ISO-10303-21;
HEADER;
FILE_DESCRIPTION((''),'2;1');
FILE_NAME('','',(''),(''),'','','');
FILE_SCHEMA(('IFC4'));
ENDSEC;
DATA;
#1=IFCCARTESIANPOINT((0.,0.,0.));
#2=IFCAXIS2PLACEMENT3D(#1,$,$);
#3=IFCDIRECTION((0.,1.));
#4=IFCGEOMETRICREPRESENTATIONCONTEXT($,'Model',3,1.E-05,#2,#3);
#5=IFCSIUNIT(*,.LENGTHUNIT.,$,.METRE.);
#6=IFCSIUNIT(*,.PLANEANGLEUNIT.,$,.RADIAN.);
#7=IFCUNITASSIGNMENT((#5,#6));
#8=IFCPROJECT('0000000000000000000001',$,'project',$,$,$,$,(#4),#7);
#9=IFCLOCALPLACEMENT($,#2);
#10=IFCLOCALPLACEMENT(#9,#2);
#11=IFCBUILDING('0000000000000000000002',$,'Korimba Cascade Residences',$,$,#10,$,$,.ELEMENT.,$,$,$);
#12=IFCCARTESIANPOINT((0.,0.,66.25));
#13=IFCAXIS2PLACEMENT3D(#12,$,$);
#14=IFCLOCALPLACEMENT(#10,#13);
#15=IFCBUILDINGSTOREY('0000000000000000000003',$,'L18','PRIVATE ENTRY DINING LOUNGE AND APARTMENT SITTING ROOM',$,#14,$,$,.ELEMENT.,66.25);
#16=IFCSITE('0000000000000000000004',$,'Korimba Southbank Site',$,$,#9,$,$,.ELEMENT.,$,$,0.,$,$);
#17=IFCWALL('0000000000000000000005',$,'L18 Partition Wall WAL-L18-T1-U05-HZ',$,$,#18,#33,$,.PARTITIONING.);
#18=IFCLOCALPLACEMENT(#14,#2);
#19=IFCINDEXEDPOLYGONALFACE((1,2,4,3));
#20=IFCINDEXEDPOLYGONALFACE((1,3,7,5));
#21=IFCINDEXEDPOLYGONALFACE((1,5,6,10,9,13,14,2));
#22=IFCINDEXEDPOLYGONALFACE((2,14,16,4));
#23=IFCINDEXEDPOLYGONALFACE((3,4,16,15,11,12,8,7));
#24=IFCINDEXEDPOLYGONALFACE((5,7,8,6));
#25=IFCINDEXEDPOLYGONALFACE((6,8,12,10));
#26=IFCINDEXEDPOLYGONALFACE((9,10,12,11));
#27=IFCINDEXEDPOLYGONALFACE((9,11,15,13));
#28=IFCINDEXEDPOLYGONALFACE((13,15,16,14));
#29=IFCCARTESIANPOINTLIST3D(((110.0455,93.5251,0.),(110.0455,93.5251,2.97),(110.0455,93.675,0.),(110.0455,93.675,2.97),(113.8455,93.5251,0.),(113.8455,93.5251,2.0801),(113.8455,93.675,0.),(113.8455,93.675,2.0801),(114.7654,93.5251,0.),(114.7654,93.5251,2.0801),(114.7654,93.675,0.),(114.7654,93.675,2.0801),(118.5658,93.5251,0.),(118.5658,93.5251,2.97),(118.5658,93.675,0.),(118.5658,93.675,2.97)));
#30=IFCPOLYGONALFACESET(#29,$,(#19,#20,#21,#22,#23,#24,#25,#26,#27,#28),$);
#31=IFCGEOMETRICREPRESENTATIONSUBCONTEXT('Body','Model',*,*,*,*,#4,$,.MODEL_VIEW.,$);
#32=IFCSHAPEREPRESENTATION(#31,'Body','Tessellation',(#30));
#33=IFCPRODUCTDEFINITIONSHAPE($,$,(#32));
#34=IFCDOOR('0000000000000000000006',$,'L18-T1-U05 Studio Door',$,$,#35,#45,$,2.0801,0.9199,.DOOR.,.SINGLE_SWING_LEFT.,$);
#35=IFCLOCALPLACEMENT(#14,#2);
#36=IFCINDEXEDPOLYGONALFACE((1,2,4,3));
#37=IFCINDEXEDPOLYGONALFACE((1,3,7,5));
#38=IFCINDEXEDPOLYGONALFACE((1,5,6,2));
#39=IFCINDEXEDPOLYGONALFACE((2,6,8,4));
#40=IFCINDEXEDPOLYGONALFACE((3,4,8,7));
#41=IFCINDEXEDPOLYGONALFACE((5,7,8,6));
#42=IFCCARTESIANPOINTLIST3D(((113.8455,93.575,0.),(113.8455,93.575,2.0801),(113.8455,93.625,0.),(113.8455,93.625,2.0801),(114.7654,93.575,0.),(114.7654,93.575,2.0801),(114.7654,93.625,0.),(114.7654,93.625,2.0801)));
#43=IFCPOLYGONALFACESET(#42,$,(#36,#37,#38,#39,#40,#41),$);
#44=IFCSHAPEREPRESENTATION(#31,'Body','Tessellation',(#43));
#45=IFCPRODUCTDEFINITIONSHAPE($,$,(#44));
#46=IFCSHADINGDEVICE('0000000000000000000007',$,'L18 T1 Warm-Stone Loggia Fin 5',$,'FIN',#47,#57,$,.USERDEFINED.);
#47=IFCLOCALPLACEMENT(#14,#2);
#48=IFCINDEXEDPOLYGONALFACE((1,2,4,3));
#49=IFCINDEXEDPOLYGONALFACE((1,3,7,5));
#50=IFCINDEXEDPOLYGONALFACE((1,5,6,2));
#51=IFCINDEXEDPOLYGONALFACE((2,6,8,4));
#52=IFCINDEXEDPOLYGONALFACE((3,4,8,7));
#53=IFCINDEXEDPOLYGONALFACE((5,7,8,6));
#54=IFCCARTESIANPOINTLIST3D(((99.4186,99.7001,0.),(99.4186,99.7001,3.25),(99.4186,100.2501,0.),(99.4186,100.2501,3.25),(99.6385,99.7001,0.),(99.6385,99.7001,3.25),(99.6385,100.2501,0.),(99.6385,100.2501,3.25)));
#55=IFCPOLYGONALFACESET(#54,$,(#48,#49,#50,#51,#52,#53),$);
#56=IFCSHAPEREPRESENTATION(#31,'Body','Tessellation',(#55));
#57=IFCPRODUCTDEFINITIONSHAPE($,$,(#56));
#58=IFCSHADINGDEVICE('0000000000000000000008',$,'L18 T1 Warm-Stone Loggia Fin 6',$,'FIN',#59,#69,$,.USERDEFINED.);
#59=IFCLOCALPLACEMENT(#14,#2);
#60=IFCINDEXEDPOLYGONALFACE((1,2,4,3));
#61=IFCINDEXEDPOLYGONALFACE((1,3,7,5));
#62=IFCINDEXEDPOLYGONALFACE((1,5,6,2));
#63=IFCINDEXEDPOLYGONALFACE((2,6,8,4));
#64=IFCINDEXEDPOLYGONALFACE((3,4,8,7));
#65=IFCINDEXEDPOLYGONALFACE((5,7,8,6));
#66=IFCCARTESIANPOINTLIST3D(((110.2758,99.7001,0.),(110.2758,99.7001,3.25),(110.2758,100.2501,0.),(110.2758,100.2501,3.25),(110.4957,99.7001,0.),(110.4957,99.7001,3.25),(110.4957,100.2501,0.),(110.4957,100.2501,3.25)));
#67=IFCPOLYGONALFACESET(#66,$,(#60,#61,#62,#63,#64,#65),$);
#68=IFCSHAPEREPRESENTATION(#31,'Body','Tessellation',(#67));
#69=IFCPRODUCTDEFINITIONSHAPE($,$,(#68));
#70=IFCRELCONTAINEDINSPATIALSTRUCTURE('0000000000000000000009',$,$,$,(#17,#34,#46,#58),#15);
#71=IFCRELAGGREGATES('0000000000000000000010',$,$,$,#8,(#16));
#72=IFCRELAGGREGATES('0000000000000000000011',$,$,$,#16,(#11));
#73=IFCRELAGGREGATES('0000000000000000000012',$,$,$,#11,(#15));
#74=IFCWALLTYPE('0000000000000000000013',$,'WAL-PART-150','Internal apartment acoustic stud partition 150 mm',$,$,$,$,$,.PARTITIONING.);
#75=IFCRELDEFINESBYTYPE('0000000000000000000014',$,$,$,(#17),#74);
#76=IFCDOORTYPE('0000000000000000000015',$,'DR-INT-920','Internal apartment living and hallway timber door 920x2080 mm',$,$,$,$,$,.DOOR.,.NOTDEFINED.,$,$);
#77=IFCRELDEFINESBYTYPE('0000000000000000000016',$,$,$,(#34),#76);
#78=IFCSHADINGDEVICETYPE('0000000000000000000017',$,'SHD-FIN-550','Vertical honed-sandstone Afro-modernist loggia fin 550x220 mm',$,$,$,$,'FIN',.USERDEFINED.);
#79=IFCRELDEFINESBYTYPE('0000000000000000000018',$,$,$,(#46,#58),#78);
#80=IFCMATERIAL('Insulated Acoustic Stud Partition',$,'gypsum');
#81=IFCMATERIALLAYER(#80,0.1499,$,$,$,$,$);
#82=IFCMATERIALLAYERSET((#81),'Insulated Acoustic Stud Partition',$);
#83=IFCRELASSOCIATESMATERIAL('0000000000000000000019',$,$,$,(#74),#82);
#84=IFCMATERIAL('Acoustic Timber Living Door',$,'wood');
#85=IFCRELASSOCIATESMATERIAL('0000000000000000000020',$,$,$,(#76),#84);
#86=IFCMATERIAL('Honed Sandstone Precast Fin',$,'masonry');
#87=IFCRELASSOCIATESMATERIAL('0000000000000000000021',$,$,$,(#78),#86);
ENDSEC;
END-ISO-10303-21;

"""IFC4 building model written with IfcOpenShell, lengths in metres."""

from ifc_helpers import new_model, si_unit, direction, frame, frame_2d, origin, origin_2d, place, context, subcontext, project, spatial, rectangle, extrude, material, layer, layer_set, type_object, element, fill, save


model = new_model("IFC4")

# Units and contexts
model_context = context("Model", 3, precision=1e-05, world=origin(), true_north=direction((0.0, 1.0)))
body_context = subcontext(model_context, "Body", "Model", "MODEL_VIEW")
ifc_project = project(units=[si_unit("LENGTHUNIT", "METRE"), si_unit("PLANEANGLEUNIT", "RADIAN")], contexts=[model_context])

# Site, building, storey
site_placement = place(None, origin())
site = spatial("IfcSite", under=ifc_project, at=site_placement, Name="Korimba Southbank Site", CompositionType="ELEMENT", RefElevation=0.0)
building_placement = place(site_placement, origin())
building = spatial("IfcBuilding", under=site, at=building_placement, Name="Korimba Cascade Residences", CompositionType="ELEMENT")
storey_placement = place(building_placement, frame((0.0, 0.0, 66.25)))
storey = spatial("IfcBuildingStorey", under=building, at=storey_placement, Name="L18", Description="PRIVATE ENTRY DINING LOUNGE AND APARTMENT SITTING ROOM", CompositionType="ELEMENT", Elevation=66.25)

# Shared definitions
ifc_material_1 = material(Name="Insulated Acoustic Stud Partition", Category="gypsum")
ifc_layer = layer(ifc_material_1, 0.1499)
ifc_layer_set = layer_set([ifc_layer], Name="Insulated Acoustic Stud Partition")
wall_type = type_object("IfcWallType", Name="WAL-PART-150", Description="Internal apartment acoustic stud partition 150 mm", PredefinedType="PARTITIONING", material=ifc_layer_set)

# Wall, opening, door
ifc_material_2 = material(Name="Acoustic Timber Living Door", Category="wood")
door_type_1 = type_object("IfcDoorType", Name="DR-INT-920", Description="Internal apartment living and hallway timber door 920x2080 mm", OperationType="NOTDEFINED", PredefinedType="DOOR", material=ifc_material_2)
wall_1_placement = place(storey_placement, frame((110.0454, 93.6001, 0.0), z_axis=(0.0, 0.0, 1.0), x_axis=(1.0, 0.0, 0.0)))
wall_1 = element("IfcWall", 1, at=wall_1_placement, inside=storey, type_object=wall_type, Name="L18 Partition Wall WAL-L18-T1-U05-HZ", PredefinedType="PARTITIONING", context=body_context, shape_type="SweptSolid", body=[
    extrude(rectangle(XDim=8.5203, YDim=0.1499, at=frame_2d((4.2603, 0.0))), origin(), (0.0, 0.0, 1.0), 2.97),
])
opening_1_placement = place(wall_1_placement, frame((3.8, 0.0, 0.0)))
opening_1 = element("IfcOpeningElement", 2, at=opening_1_placement, cuts=wall_1, PredefinedType="OPENING", context=body_context, shape_type="SweptSolid", body=[
    extrude(rectangle(XDim=0.9199, YDim=2.0801, at=frame_2d((0.46, 1.04))), frame((0.0, 0.085, 0.0), z_axis=(0.0, -1.0, 0.0), x_axis=(1.0, 0.0, 0.0)), (0.0, 0.0, 1.0), 0.1699),
])
door_1_placement = place(opening_1_placement, origin())
door_1 = element("IfcDoor", 3, at=door_1_placement, inside=storey, type_object=door_type_1, Name="L18-T1-U05 Studio Door", OperationType="SINGLE_SWING_LEFT", OverallHeight=2.0801, OverallWidth=0.9199, PredefinedType="DOOR", context=body_context, shape_type="SweptSolid", body=[
    extrude(rectangle(XDim=0.9199, YDim=2.0801, at=frame_2d((0.46, 1.04))), frame((0.0, 0.0249, 0.0), z_axis=(0.0, -1.0, 0.0), x_axis=(1.0, 0.0, 0.0)), (0.0, 0.0, 1.0), 0.05),
])
fill(opening_1, door_1)

# Shading devices
ifc_material_3 = material(Name="Honed Sandstone Precast Fin", Category="masonry")
shading_device_type = type_object("IfcShadingDeviceType", Name="SHD-FIN-550", Description="Vertical honed-sandstone Afro-modernist loggia fin 550x220 mm", ElementType="FIN", PredefinedType="USERDEFINED", material=ifc_material_3)
for number, where, z_axis, x_axis, name in (
    (4, (99.5286, 99.9751, 0.0), (0.0, 0.0, 1.0), (1.0, 0.0, 0.0), "L18 T1 Warm-Stone Loggia Fin 5"),
    (5, (110.3857, 99.9751, 0.0), (0.0, 0.0, 1.0), (1.0, 0.0, 0.0), "L18 T1 Warm-Stone Loggia Fin 6"),
):
    element("IfcShadingDevice", number, at=place(storey_placement, frame(where, z_axis=z_axis, x_axis=x_axis)), inside=storey, type_object=shading_device_type, Name=name, ObjectType="FIN", PredefinedType="USERDEFINED", context=body_context, shape_type="SweptSolid", body=[
        extrude(rectangle(XDim=0.22, YDim=0.55, at=origin_2d()), origin(), (0.0, 0.0, 1.0), 3.25),
    ])

save(model, "model.ifc")
